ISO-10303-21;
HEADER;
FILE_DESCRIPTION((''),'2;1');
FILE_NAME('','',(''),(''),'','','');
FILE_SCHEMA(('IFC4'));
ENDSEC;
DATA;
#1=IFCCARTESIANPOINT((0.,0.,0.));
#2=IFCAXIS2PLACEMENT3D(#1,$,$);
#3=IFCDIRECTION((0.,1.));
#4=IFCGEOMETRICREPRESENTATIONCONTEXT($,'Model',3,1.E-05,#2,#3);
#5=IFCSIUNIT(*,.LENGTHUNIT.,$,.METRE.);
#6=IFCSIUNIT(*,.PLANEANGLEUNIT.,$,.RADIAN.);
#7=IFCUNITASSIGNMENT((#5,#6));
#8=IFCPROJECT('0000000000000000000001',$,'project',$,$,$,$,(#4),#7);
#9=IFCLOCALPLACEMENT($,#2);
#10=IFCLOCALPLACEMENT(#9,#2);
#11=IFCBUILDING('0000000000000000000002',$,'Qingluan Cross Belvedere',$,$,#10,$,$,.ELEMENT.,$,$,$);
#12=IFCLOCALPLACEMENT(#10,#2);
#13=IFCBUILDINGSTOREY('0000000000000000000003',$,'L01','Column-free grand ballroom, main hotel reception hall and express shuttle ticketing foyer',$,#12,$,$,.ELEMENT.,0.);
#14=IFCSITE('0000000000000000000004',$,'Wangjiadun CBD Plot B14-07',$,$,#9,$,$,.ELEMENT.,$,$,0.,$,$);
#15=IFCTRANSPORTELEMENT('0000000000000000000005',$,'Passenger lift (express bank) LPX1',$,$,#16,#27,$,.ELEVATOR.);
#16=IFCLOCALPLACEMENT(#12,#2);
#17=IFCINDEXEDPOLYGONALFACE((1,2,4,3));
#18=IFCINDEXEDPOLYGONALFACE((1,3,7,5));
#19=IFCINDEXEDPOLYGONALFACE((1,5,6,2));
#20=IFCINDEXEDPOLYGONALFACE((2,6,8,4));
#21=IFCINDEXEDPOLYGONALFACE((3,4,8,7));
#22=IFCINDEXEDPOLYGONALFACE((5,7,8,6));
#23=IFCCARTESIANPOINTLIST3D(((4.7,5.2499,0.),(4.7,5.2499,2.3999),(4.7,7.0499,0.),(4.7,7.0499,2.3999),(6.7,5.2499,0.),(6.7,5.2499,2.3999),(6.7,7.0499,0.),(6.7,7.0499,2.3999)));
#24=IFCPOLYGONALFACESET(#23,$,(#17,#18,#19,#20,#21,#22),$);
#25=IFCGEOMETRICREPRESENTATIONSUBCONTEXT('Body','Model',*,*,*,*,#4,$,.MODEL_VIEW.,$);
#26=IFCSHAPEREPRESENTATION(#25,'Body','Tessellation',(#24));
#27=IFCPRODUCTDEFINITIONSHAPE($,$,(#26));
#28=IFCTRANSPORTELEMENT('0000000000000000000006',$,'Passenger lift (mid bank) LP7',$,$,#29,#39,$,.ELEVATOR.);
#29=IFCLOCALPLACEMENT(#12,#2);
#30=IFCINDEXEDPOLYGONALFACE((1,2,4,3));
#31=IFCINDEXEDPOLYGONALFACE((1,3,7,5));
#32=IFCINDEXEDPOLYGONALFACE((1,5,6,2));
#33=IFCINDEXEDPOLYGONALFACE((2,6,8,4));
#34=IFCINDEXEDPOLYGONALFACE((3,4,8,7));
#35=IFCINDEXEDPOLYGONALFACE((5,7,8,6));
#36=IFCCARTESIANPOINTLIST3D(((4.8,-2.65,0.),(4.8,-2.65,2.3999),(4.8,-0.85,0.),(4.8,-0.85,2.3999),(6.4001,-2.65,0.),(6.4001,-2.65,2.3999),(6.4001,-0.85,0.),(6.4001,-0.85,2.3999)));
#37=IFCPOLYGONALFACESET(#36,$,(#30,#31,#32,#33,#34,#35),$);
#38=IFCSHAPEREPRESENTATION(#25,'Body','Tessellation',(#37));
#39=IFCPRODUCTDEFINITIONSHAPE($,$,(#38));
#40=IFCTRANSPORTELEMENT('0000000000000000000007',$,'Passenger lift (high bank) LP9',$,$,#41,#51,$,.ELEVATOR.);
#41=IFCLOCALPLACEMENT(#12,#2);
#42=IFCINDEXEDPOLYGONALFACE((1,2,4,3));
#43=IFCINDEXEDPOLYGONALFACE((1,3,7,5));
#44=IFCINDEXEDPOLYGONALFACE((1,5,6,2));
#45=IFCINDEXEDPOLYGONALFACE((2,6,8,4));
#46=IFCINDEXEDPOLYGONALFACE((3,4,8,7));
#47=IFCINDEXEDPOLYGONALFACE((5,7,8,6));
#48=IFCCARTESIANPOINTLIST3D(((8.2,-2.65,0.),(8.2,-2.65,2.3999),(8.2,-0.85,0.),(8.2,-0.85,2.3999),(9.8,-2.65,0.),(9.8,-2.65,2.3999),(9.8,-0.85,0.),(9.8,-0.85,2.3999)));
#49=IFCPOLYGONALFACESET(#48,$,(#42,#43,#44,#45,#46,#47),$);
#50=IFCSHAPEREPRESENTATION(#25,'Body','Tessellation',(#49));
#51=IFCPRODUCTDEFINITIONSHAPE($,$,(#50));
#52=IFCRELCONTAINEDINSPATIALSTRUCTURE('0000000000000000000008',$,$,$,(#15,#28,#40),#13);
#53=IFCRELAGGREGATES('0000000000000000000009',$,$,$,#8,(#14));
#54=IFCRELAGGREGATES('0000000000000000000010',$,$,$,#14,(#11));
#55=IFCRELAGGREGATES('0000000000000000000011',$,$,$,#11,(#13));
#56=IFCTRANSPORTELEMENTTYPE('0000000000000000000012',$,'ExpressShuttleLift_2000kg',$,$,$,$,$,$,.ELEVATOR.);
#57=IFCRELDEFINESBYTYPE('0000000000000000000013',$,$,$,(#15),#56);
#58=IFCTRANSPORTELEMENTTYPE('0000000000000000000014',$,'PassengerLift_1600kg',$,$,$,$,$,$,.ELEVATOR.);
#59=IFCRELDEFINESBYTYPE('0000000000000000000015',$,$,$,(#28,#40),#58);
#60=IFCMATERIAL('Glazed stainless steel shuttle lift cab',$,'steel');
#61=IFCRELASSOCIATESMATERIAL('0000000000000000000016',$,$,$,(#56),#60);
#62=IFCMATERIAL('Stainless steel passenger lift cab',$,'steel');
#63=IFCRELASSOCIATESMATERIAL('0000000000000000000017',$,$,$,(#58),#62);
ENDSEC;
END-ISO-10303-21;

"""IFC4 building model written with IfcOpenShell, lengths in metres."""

from ifc_helpers import new_model, si_unit, direction, frame, origin, origin_2d, place, context, subcontext, project, spatial, rectangle, extrude, material, type_object, element, save


model = new_model("IFC4")

# Units and contexts
model_context = context("Model", 3, precision=1e-05, world=origin(), true_north=direction((0.0, 1.0)))
body_context = subcontext(model_context, "Body", "Model", "MODEL_VIEW")
ifc_project = project(units=[si_unit("LENGTHUNIT", "METRE"), si_unit("PLANEANGLEUNIT", "RADIAN")], contexts=[model_context])

# Site, building, storey
site_placement = place(None, origin())
site = spatial("IfcSite", under=ifc_project, at=site_placement, Name="Wangjiadun CBD Plot B14-07", CompositionType="ELEMENT", RefElevation=0.0)
building_placement = place(site_placement, origin())
building = spatial("IfcBuilding", under=site, at=building_placement, Name="Qingluan Cross Belvedere", CompositionType="ELEMENT")
storey_placement = place(building_placement, origin())
storey = spatial("IfcBuildingStorey", under=building, at=storey_placement, Name="L01", Description="Column-free grand ballroom, main hotel reception hall and express shuttle ticketing foyer", CompositionType="ELEMENT", Elevation=0.0)

# Transport elements
ifc_material_1 = material(Name="Glazed stainless steel shuttle lift cab", Category="steel")
transport_element_type_1 = type_object("IfcTransportElementType", Name="ExpressShuttleLift_2000kg", PredefinedType="ELEVATOR", material=ifc_material_1)
transport_element_placement = place(storey_placement, frame((5.7, 6.1499, 0.0), z_axis=(0.0, 0.0, 1.0), x_axis=(1.0, 0.0, 0.0)))
element("IfcTransportElement", 1, at=transport_element_placement, inside=storey, type_object=transport_element_type_1, Name="Passenger lift (express bank) LPX1", PredefinedType="ELEVATOR", context=body_context, shape_type="SweptSolid", body=[
    extrude(rectangle(XDim=2.0, YDim=1.8, at=origin_2d()), origin(), (0.0, 0.0, 1.0), 2.3999),
])
ifc_material_2 = material(Name="Stainless steel passenger lift cab", Category="steel")
transport_element_type_2 = type_object("IfcTransportElementType", Name="PassengerLift_1600kg", PredefinedType="ELEVATOR", material=ifc_material_2)
for number, where, z_axis, x_axis, name in (
    (2, (5.6001, -1.75, 0.0), (0.0, 0.0, 1.0), (1.0, 0.0, 0.0), "Passenger lift (mid bank) LP7"),
    (3, (9.0, -1.75, 0.0), (0.0, 0.0, 1.0), (1.0, 0.0, 0.0), "Passenger lift (high bank) LP9"),
):
    element("IfcTransportElement", number, at=place(storey_placement, frame(where, z_axis=z_axis, x_axis=x_axis)), inside=storey, type_object=transport_element_type_2, Name=name, PredefinedType="ELEVATOR", context=body_context, shape_type="SweptSolid", body=[
        extrude(rectangle(XDim=1.6001, YDim=1.8, at=origin_2d()), origin(), (0.0, 0.0, 1.0), 2.3999),
    ])

save(model, "model.ifc")
